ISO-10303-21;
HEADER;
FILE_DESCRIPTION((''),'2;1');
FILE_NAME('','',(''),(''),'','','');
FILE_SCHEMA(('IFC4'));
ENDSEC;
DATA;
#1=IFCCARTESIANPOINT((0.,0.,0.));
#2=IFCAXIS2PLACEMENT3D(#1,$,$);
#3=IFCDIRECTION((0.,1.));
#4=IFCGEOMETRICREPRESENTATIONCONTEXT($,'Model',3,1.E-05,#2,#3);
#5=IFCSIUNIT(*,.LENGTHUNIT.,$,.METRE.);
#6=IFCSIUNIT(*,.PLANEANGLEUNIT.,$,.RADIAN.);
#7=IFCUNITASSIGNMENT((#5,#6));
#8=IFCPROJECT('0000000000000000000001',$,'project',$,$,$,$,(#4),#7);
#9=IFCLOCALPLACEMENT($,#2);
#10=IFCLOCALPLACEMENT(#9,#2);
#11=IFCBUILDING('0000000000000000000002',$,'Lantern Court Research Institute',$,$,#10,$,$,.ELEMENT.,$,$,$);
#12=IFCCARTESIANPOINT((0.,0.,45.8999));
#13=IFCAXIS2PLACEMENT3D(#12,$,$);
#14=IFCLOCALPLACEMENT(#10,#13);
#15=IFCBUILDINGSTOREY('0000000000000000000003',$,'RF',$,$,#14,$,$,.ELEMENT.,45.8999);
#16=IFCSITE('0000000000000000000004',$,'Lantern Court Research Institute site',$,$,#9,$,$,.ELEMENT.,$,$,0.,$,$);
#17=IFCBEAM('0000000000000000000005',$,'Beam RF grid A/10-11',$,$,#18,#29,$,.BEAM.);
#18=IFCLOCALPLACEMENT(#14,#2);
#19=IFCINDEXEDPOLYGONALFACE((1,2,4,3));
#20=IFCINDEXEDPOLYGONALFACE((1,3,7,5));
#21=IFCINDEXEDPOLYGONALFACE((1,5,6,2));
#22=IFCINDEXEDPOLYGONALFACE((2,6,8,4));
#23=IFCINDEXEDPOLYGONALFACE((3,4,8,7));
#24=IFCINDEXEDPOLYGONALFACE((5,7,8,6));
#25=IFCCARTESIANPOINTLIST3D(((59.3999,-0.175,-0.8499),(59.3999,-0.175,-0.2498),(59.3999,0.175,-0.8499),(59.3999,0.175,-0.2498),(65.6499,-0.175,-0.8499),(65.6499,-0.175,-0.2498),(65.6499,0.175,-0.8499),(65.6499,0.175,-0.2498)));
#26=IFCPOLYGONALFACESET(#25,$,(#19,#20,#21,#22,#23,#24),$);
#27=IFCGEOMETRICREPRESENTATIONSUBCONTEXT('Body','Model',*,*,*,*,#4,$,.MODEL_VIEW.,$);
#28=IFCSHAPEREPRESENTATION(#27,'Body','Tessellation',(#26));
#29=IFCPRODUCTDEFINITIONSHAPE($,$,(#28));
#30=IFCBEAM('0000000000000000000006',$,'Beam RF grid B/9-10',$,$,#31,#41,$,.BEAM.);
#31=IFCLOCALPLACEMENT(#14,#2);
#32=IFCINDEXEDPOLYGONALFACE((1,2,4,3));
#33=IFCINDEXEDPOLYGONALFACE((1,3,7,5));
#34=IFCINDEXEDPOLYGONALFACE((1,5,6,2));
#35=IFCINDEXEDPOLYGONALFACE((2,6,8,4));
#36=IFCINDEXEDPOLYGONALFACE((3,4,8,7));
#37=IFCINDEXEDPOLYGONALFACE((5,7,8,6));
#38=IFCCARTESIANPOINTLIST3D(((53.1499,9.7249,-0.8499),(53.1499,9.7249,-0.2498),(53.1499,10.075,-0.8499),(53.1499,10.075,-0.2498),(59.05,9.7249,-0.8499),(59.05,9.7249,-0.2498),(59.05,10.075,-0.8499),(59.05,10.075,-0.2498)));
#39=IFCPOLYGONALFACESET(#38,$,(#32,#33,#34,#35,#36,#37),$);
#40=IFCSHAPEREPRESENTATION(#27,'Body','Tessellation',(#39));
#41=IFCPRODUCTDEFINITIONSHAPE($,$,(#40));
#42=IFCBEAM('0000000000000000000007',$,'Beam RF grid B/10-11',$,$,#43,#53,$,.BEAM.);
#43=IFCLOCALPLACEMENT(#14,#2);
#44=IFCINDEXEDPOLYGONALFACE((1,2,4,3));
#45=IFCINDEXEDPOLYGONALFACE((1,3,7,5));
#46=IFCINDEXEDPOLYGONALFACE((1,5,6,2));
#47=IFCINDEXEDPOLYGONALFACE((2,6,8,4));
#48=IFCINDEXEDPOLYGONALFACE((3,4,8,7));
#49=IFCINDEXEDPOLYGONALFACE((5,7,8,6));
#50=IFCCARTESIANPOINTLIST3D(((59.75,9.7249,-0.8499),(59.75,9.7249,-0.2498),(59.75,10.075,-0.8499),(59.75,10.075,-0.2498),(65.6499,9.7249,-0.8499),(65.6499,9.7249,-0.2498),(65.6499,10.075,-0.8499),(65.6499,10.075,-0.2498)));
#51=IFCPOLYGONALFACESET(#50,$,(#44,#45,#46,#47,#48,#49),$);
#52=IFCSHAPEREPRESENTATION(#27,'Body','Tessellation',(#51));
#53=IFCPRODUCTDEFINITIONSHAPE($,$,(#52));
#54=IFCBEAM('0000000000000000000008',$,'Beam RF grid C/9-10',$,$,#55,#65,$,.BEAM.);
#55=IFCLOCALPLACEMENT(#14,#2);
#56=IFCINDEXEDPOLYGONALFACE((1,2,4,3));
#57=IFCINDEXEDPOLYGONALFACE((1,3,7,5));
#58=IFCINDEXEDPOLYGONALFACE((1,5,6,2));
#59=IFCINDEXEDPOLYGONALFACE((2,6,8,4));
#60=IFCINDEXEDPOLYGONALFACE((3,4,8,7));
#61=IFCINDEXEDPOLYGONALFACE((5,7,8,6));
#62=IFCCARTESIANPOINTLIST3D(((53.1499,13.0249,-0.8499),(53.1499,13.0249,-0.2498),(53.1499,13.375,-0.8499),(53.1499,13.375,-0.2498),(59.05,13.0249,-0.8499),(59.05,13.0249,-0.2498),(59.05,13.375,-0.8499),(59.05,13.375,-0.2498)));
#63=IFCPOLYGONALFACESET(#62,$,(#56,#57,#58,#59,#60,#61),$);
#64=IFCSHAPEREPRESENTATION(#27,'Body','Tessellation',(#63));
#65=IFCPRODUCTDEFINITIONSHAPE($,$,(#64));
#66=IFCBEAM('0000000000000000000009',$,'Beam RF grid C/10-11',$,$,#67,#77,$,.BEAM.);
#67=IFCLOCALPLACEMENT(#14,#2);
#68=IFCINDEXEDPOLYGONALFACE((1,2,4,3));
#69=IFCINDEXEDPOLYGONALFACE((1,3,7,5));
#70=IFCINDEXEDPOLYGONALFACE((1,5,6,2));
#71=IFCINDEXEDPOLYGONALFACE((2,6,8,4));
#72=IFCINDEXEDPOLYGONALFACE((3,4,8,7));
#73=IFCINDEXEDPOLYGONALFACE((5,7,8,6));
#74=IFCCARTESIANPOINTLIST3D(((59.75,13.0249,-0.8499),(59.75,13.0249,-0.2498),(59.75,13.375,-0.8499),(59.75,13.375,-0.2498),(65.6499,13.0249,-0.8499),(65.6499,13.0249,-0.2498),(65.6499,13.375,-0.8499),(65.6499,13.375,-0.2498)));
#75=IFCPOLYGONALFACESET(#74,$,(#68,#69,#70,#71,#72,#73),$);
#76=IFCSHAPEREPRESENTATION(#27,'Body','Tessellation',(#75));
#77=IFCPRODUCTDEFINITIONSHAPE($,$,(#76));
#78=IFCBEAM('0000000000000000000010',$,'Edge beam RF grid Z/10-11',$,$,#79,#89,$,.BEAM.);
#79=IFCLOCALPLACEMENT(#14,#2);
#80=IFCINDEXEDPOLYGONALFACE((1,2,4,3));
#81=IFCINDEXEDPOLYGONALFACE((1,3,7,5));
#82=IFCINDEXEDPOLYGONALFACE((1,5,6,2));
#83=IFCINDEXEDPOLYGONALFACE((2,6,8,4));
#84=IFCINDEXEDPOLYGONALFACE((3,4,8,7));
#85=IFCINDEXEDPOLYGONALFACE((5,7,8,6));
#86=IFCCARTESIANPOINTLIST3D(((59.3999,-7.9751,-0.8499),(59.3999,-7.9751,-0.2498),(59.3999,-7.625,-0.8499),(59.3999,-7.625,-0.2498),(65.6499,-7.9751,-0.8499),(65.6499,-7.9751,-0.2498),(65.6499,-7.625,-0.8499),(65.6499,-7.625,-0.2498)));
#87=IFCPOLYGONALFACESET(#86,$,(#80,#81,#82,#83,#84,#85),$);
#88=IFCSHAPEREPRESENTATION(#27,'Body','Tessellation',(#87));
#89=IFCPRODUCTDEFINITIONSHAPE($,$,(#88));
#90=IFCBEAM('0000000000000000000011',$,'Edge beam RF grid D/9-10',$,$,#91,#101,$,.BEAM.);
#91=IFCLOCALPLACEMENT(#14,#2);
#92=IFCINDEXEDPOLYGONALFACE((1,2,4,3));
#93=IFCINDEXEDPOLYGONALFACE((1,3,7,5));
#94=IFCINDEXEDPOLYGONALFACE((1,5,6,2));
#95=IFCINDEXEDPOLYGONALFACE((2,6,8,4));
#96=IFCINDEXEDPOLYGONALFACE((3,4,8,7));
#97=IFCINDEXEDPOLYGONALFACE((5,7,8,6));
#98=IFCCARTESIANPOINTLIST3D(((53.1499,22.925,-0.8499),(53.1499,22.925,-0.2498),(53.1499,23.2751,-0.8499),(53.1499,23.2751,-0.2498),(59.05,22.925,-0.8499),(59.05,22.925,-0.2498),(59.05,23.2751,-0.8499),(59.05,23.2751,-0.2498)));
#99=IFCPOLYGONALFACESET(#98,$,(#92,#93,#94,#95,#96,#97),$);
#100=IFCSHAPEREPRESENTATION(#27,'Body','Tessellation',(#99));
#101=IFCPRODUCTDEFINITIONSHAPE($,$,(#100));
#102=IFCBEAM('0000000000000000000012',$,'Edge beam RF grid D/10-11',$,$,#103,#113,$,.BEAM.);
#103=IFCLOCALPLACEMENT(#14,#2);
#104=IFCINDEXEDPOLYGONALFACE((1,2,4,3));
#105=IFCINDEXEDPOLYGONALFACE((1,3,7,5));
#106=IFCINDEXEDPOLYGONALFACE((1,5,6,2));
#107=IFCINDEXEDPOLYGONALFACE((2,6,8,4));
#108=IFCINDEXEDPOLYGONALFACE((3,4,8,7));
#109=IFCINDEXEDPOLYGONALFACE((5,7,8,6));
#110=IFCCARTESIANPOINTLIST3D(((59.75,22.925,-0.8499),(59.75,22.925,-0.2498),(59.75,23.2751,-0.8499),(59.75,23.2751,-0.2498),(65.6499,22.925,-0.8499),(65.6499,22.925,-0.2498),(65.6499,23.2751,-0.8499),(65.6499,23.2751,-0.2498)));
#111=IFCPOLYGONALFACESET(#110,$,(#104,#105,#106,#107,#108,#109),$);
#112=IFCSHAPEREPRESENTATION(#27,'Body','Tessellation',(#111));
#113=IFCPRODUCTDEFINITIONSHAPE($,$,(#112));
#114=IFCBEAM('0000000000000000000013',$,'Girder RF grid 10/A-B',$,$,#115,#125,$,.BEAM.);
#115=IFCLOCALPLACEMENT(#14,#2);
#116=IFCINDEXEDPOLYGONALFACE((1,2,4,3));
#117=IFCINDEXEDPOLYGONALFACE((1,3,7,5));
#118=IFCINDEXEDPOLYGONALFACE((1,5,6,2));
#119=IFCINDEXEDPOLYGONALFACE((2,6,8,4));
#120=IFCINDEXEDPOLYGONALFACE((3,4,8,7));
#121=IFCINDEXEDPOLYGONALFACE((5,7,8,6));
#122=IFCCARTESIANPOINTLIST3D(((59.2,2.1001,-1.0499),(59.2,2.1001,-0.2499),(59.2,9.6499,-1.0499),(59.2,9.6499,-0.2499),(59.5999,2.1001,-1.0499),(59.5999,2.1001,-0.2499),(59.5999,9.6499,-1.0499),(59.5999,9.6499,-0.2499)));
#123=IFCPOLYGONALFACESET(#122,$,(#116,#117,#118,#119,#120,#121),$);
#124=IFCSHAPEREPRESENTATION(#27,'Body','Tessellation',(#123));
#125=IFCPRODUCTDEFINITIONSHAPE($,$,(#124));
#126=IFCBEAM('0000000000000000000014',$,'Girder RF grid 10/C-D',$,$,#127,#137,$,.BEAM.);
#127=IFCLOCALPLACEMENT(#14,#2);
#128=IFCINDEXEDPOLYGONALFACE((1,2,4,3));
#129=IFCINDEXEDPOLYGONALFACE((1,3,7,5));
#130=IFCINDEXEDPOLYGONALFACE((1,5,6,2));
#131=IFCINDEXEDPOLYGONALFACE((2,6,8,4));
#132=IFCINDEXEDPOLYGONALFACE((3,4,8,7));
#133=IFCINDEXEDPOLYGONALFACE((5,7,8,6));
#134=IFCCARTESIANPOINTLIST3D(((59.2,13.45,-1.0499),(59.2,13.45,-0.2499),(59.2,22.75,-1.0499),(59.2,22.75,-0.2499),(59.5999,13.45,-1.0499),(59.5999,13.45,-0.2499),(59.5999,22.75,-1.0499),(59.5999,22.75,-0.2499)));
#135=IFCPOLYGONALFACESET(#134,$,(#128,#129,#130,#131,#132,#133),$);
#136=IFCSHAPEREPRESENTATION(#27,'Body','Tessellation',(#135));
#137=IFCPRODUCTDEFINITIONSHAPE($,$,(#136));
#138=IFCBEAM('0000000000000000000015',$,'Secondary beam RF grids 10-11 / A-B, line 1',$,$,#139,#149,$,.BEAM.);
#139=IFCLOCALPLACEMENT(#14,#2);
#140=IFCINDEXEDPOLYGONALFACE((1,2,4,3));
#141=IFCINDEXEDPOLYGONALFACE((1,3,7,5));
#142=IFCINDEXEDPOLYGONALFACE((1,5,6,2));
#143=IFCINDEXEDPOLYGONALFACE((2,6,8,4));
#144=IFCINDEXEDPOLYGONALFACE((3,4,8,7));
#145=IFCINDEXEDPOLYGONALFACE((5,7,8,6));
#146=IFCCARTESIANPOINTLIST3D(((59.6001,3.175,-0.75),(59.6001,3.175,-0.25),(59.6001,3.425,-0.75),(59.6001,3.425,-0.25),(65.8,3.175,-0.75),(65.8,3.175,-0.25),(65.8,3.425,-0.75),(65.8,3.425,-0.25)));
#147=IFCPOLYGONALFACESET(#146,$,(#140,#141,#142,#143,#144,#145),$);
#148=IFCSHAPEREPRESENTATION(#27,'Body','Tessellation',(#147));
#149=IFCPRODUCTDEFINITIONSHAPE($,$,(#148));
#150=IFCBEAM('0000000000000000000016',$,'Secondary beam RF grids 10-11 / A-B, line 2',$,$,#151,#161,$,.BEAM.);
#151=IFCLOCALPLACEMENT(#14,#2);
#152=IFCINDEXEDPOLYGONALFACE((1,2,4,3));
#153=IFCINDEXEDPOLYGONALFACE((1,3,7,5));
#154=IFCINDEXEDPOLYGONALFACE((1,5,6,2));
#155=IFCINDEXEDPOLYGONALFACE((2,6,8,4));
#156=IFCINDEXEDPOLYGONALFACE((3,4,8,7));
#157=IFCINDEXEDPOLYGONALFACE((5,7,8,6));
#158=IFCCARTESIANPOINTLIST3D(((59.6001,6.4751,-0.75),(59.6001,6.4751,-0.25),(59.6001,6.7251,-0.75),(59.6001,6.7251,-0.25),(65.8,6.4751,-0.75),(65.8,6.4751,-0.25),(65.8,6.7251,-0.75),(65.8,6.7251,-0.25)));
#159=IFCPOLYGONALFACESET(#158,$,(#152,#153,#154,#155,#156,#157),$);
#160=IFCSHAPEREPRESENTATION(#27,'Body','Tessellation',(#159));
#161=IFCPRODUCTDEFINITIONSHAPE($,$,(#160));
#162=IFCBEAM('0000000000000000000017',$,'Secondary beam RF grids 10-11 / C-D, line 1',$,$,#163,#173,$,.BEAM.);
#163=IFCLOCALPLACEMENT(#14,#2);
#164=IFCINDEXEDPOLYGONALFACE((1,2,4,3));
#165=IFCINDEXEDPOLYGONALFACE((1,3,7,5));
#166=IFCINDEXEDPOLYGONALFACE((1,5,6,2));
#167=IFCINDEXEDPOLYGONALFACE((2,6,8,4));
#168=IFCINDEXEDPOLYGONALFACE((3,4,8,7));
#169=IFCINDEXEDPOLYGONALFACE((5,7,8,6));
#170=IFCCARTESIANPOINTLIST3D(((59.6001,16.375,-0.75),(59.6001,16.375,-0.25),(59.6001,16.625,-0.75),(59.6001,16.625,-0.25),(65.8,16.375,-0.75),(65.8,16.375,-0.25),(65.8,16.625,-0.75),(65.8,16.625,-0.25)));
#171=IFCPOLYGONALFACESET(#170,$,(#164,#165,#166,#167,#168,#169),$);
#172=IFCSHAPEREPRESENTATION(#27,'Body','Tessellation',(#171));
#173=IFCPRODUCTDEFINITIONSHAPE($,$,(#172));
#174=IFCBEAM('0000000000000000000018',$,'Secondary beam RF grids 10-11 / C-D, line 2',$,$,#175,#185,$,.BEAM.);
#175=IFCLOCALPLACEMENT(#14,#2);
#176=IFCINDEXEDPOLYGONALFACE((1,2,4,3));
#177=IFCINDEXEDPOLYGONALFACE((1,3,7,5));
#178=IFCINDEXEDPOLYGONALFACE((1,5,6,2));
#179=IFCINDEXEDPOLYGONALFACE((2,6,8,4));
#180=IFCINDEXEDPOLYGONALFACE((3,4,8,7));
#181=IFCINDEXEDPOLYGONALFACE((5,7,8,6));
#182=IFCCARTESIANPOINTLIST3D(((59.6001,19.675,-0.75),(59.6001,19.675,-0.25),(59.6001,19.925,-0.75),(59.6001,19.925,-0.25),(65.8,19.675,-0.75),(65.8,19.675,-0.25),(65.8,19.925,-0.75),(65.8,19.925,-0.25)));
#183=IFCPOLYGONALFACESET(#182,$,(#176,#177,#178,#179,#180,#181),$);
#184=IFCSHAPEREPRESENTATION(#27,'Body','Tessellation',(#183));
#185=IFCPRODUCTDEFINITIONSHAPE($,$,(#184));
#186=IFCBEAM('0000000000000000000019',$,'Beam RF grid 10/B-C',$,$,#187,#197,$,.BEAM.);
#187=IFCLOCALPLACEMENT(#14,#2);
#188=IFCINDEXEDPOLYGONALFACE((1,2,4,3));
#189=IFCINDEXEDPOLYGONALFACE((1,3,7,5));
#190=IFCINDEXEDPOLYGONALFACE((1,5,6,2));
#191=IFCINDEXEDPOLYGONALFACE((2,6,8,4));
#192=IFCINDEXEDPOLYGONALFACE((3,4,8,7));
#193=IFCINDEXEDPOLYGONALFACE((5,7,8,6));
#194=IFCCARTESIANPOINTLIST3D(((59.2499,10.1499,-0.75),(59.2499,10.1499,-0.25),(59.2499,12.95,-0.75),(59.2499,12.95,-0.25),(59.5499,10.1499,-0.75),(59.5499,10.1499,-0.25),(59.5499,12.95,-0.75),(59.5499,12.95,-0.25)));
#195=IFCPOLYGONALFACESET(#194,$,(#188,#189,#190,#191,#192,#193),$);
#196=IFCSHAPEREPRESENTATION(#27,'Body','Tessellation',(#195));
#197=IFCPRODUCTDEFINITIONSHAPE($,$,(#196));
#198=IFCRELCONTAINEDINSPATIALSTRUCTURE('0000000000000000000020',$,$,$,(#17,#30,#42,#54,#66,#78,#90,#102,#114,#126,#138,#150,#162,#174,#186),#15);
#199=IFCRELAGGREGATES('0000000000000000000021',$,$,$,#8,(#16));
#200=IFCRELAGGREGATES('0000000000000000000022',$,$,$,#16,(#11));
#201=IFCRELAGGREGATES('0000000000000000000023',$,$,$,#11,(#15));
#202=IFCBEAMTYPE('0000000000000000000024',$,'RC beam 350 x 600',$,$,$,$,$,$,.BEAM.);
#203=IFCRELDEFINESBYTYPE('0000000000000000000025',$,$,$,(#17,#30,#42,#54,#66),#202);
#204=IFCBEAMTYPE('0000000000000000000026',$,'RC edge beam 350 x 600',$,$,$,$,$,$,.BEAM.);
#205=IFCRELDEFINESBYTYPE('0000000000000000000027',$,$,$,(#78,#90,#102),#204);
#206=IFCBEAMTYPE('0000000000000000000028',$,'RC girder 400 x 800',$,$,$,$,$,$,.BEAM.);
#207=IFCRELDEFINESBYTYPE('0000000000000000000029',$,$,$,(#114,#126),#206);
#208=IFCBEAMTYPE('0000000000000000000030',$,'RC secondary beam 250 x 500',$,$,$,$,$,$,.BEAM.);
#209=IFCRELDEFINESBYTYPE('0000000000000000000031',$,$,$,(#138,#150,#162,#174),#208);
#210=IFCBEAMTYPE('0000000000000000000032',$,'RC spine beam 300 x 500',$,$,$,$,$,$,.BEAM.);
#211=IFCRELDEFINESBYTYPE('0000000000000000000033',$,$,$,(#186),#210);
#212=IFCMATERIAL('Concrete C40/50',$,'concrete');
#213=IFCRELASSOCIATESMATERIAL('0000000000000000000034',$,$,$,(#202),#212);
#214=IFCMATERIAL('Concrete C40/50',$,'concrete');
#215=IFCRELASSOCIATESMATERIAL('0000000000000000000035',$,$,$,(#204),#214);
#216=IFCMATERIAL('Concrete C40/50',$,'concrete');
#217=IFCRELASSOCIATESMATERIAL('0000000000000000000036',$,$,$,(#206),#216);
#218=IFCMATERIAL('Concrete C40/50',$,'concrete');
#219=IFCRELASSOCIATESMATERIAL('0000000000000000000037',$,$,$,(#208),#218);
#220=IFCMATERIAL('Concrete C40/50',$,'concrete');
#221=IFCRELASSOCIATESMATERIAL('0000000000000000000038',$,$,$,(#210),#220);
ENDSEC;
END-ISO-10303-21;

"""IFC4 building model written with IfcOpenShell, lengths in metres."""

from ifc_helpers import new_model, si_unit, direction, frame, origin, origin_2d, place, context, subcontext, project, spatial, rectangle, extrude, material, material_profile, profile_set, type_object, element, save


model = new_model("IFC4")

# Units and contexts
model_context = context("Model", 3, precision=1e-05, world=origin(), true_north=direction((0.0, 1.0)))
body_context = subcontext(model_context, "Body", "Model", "MODEL_VIEW")
ifc_project = project(units=[si_unit("LENGTHUNIT", "METRE"), si_unit("PLANEANGLEUNIT", "RADIAN")], contexts=[model_context])

# Site, building, storey
site_placement = place(None, origin())
site = spatial("IfcSite", under=ifc_project, at=site_placement, Name="Lantern Court Research Institute site", CompositionType="ELEMENT", RefElevation=0.0)
building_placement = place(site_placement, origin())
building = spatial("IfcBuilding", under=site, at=building_placement, Name="Lantern Court Research Institute", CompositionType="ELEMENT")
storey_placement = place(building_placement, frame((0.0, 0.0, 45.8999)))
storey = spatial("IfcBuildingStorey", under=building, at=storey_placement, Name="RF", CompositionType="ELEMENT", Elevation=45.8999)

# Beams
ifc_material_1 = material(Name="Concrete C40/50", Category="concrete")
ifc_material_profile_1 = material_profile(ifc_material_1, rectangle(XDim=0.3501, YDim=0.6001, at=origin_2d()), Name="RC beam 350 x 600")
ifc_profile_set_1 = profile_set([ifc_material_profile_1], Name="Concrete C40/50")
beam_type_1 = type_object("IfcBeamType", Name="RC beam 350 x 600", PredefinedType="BEAM", material=ifc_profile_set_1)
beam_1_placement = place(storey_placement, frame((59.3999, 0.0, -0.5498), z_axis=(1.0, 0.0, 0.0), x_axis=(0.0, 1.0, 0.0)))
element("IfcBeam", 1, at=beam_1_placement, inside=storey, type_object=beam_type_1, Name="Beam RF grid A/10-11", PredefinedType="BEAM", context=body_context, shape_type="SweptSolid", body=[
    extrude(rectangle(XDim=0.3501, YDim=0.6001, at=origin_2d()), origin(), (0.0, 0.0, 1.0), 6.25),
])
beam_2_placement = place(storey_placement, frame((53.1499, 9.8999, -0.5498), z_axis=(1.0, 0.0, 0.0), x_axis=(0.0, 1.0, 0.0)))
element("IfcBeam", 2, at=beam_2_placement, inside=storey, type_object=beam_type_1, Name="Beam RF grid B/9-10", PredefinedType="BEAM", context=body_context, shape_type="SweptSolid", body=[
    extrude(rectangle(XDim=0.3501, YDim=0.6001, at=origin_2d()), origin(), (0.0, 0.0, 1.0), 5.9001),
])
beam_3_placement = place(storey_placement, frame((59.75, 9.8999, -0.5498), z_axis=(1.0, 0.0, 0.0), x_axis=(0.0, 1.0, 0.0)))
element("IfcBeam", 3, at=beam_3_placement, inside=storey, type_object=beam_type_1, Name="Beam RF grid B/10-11", PredefinedType="BEAM", context=body_context, shape_type="SweptSolid", body=[
    extrude(rectangle(XDim=0.3501, YDim=0.6001, at=origin_2d()), origin(), (0.0, 0.0, 1.0), 5.8999),
])
beam_4_placement = place(storey_placement, frame((53.1499, 13.2, -0.5498), z_axis=(1.0, 0.0, 0.0), x_axis=(0.0, 1.0, 0.0)))
element("IfcBeam", 4, at=beam_4_placement, inside=storey, type_object=beam_type_1, Name="Beam RF grid C/9-10", PredefinedType="BEAM", context=body_context, shape_type="SweptSolid", body=[
    extrude(rectangle(XDim=0.3501, YDim=0.6001, at=origin_2d()), origin(), (0.0, 0.0, 1.0), 5.9001),
])
beam_5_placement = place(storey_placement, frame((59.75, 13.2, -0.5498), z_axis=(1.0, 0.0, 0.0), x_axis=(0.0, 1.0, 0.0)))
element("IfcBeam", 5, at=beam_5_placement, inside=storey, type_object=beam_type_1, Name="Beam RF grid C/10-11", PredefinedType="BEAM", context=body_context, shape_type="SweptSolid", body=[
    extrude(rectangle(XDim=0.3501, YDim=0.6001, at=origin_2d()), origin(), (0.0, 0.0, 1.0), 5.8999),
])
ifc_material_2 = material(Name="Concrete C40/50", Category="concrete")
ifc_material_profile_2 = material_profile(ifc_material_2, rectangle(XDim=0.3501, YDim=0.6001, at=origin_2d()), Name="RC beam 350 x 600")
ifc_profile_set_2 = profile_set([ifc_material_profile_2], Name="Concrete C40/50")
beam_type_2 = type_object("IfcBeamType", Name="RC edge beam 350 x 600", PredefinedType="BEAM", material=ifc_profile_set_2)
beam_6_placement = place(storey_placement, frame((59.3999, -7.8, -0.5498), z_axis=(1.0, 0.0, 0.0), x_axis=(0.0, 1.0, 0.0)))
element("IfcBeam", 6, at=beam_6_placement, inside=storey, type_object=beam_type_2, Name="Edge beam RF grid Z/10-11", PredefinedType="BEAM", context=body_context, shape_type="SweptSolid", body=[
    extrude(rectangle(XDim=0.3501, YDim=0.6001, at=origin_2d()), origin(), (0.0, 0.0, 1.0), 6.25),
])
beam_7_placement = place(storey_placement, frame((53.1499, 23.1001, -0.5498), z_axis=(1.0, 0.0, 0.0), x_axis=(0.0, 1.0, 0.0)))
element("IfcBeam", 7, at=beam_7_placement, inside=storey, type_object=beam_type_2, Name="Edge beam RF grid D/9-10", PredefinedType="BEAM", context=body_context, shape_type="SweptSolid", body=[
    extrude(rectangle(XDim=0.3501, YDim=0.6001, at=origin_2d()), origin(), (0.0, 0.0, 1.0), 5.9001),
])
beam_8_placement = place(storey_placement, frame((59.75, 23.1001, -0.5498), z_axis=(1.0, 0.0, 0.0), x_axis=(0.0, 1.0, 0.0)))
element("IfcBeam", 8, at=beam_8_placement, inside=storey, type_object=beam_type_2, Name="Edge beam RF grid D/10-11", PredefinedType="BEAM", context=body_context, shape_type="SweptSolid", body=[
    extrude(rectangle(XDim=0.3501, YDim=0.6001, at=origin_2d()), origin(), (0.0, 0.0, 1.0), 5.8999),
])
ifc_material_3 = material(Name="Concrete C40/50", Category="concrete")
ifc_material_profile_3 = material_profile(ifc_material_3, rectangle(XDim=0.3999, YDim=0.8, at=origin_2d()), Name="RC beam 400 x 800")
ifc_profile_set_3 = profile_set([ifc_material_profile_3], Name="Concrete C40/50")
beam_type_3 = type_object("IfcBeamType", Name="RC girder 400 x 800", PredefinedType="BEAM", material=ifc_profile_set_3)
beam_9_placement = place(storey_placement, frame((59.3999, 2.1001, -0.6499), z_axis=(0.0, 1.0, 0.0), x_axis=(-1.0, 0.0, 0.0)))
element("IfcBeam", 9, at=beam_9_placement, inside=storey, type_object=beam_type_3, Name="Girder RF grid 10/A-B", PredefinedType="BEAM", context=body_context, shape_type="SweptSolid", body=[
    extrude(rectangle(XDim=0.3999, YDim=0.8, at=origin_2d()), origin(), (0.0, 0.0, 1.0), 7.5498),
])
beam_10_placement = place(storey_placement, frame((59.3999, 13.45, -0.6499), z_axis=(0.0, 1.0, 0.0), x_axis=(-1.0, 0.0, 0.0)))
element("IfcBeam", 10, at=beam_10_placement, inside=storey, type_object=beam_type_3, Name="Girder RF grid 10/C-D", PredefinedType="BEAM", context=body_context, shape_type="SweptSolid", body=[
    extrude(rectangle(XDim=0.3999, YDim=0.8, at=origin_2d()), origin(), (0.0, 0.0, 1.0), 9.3),
])
ifc_material_4 = material(Name="Concrete C40/50", Category="concrete")
ifc_material_profile_4 = material_profile(ifc_material_4, rectangle(XDim=0.25, YDim=0.5, at=origin_2d()), Name="RC beam 250 x 500")
ifc_profile_set_4 = profile_set([ifc_material_profile_4], Name="Concrete C40/50")
beam_type_4 = type_object("IfcBeamType", Name="RC secondary beam 250 x 500", PredefinedType="BEAM", material=ifc_profile_set_4)
for number, where, z_axis, x_axis, name in (
    (11, (59.6001, 3.3, -0.5), (1.0, 0.0, 0.0), (0.0, 1.0, 0.0), "Secondary beam RF grids 10-11 / A-B, line 1"),
    (12, (59.6001, 6.6001, -0.5), (1.0, 0.0, 0.0), (0.0, 1.0, 0.0), "Secondary beam RF grids 10-11 / A-B, line 2"),
    (13, (59.6001, 16.5, -0.5), (1.0, 0.0, 0.0), (0.0, 1.0, 0.0), "Secondary beam RF grids 10-11 / C-D, line 1"),
    (14, (59.6001, 19.8, -0.5), (1.0, 0.0, 0.0), (0.0, 1.0, 0.0), "Secondary beam RF grids 10-11 / C-D, line 2"),
):
    element("IfcBeam", number, at=place(storey_placement, frame(where, z_axis=z_axis, x_axis=x_axis)), inside=storey, type_object=beam_type_4, Name=name, PredefinedType="BEAM", context=body_context, shape_type="SweptSolid", body=[
        extrude(rectangle(XDim=0.25, YDim=0.5, at=origin_2d()), origin(), (0.0, 0.0, 1.0), 6.2),
    ])
ifc_material_5 = material(Name="Concrete C40/50", Category="concrete")
ifc_material_profile_5 = material_profile(ifc_material_5, rectangle(XDim=0.3, YDim=0.5, at=origin_2d()), Name="RC beam 300 x 500")
ifc_profile_set_5 = profile_set([ifc_material_profile_5], Name="Concrete C40/50")
beam_type_5 = type_object("IfcBeamType", Name="RC spine beam 300 x 500", PredefinedType="BEAM", material=ifc_profile_set_5)
beam_11_placement = place(storey_placement, frame((59.3999, 10.1499, -0.5), z_axis=(0.0, 1.0, 0.0), x_axis=(-1.0, 0.0, 0.0)))
element("IfcBeam", 15, at=beam_11_placement, inside=storey, type_object=beam_type_5, Name="Beam RF grid 10/B-C", PredefinedType="BEAM", context=body_context, shape_type="SweptSolid", body=[
    extrude(rectangle(XDim=0.3, YDim=0.5, at=origin_2d()), origin(), (0.0, 0.0, 1.0), 2.8),
])

save(model, "model.ifc")
